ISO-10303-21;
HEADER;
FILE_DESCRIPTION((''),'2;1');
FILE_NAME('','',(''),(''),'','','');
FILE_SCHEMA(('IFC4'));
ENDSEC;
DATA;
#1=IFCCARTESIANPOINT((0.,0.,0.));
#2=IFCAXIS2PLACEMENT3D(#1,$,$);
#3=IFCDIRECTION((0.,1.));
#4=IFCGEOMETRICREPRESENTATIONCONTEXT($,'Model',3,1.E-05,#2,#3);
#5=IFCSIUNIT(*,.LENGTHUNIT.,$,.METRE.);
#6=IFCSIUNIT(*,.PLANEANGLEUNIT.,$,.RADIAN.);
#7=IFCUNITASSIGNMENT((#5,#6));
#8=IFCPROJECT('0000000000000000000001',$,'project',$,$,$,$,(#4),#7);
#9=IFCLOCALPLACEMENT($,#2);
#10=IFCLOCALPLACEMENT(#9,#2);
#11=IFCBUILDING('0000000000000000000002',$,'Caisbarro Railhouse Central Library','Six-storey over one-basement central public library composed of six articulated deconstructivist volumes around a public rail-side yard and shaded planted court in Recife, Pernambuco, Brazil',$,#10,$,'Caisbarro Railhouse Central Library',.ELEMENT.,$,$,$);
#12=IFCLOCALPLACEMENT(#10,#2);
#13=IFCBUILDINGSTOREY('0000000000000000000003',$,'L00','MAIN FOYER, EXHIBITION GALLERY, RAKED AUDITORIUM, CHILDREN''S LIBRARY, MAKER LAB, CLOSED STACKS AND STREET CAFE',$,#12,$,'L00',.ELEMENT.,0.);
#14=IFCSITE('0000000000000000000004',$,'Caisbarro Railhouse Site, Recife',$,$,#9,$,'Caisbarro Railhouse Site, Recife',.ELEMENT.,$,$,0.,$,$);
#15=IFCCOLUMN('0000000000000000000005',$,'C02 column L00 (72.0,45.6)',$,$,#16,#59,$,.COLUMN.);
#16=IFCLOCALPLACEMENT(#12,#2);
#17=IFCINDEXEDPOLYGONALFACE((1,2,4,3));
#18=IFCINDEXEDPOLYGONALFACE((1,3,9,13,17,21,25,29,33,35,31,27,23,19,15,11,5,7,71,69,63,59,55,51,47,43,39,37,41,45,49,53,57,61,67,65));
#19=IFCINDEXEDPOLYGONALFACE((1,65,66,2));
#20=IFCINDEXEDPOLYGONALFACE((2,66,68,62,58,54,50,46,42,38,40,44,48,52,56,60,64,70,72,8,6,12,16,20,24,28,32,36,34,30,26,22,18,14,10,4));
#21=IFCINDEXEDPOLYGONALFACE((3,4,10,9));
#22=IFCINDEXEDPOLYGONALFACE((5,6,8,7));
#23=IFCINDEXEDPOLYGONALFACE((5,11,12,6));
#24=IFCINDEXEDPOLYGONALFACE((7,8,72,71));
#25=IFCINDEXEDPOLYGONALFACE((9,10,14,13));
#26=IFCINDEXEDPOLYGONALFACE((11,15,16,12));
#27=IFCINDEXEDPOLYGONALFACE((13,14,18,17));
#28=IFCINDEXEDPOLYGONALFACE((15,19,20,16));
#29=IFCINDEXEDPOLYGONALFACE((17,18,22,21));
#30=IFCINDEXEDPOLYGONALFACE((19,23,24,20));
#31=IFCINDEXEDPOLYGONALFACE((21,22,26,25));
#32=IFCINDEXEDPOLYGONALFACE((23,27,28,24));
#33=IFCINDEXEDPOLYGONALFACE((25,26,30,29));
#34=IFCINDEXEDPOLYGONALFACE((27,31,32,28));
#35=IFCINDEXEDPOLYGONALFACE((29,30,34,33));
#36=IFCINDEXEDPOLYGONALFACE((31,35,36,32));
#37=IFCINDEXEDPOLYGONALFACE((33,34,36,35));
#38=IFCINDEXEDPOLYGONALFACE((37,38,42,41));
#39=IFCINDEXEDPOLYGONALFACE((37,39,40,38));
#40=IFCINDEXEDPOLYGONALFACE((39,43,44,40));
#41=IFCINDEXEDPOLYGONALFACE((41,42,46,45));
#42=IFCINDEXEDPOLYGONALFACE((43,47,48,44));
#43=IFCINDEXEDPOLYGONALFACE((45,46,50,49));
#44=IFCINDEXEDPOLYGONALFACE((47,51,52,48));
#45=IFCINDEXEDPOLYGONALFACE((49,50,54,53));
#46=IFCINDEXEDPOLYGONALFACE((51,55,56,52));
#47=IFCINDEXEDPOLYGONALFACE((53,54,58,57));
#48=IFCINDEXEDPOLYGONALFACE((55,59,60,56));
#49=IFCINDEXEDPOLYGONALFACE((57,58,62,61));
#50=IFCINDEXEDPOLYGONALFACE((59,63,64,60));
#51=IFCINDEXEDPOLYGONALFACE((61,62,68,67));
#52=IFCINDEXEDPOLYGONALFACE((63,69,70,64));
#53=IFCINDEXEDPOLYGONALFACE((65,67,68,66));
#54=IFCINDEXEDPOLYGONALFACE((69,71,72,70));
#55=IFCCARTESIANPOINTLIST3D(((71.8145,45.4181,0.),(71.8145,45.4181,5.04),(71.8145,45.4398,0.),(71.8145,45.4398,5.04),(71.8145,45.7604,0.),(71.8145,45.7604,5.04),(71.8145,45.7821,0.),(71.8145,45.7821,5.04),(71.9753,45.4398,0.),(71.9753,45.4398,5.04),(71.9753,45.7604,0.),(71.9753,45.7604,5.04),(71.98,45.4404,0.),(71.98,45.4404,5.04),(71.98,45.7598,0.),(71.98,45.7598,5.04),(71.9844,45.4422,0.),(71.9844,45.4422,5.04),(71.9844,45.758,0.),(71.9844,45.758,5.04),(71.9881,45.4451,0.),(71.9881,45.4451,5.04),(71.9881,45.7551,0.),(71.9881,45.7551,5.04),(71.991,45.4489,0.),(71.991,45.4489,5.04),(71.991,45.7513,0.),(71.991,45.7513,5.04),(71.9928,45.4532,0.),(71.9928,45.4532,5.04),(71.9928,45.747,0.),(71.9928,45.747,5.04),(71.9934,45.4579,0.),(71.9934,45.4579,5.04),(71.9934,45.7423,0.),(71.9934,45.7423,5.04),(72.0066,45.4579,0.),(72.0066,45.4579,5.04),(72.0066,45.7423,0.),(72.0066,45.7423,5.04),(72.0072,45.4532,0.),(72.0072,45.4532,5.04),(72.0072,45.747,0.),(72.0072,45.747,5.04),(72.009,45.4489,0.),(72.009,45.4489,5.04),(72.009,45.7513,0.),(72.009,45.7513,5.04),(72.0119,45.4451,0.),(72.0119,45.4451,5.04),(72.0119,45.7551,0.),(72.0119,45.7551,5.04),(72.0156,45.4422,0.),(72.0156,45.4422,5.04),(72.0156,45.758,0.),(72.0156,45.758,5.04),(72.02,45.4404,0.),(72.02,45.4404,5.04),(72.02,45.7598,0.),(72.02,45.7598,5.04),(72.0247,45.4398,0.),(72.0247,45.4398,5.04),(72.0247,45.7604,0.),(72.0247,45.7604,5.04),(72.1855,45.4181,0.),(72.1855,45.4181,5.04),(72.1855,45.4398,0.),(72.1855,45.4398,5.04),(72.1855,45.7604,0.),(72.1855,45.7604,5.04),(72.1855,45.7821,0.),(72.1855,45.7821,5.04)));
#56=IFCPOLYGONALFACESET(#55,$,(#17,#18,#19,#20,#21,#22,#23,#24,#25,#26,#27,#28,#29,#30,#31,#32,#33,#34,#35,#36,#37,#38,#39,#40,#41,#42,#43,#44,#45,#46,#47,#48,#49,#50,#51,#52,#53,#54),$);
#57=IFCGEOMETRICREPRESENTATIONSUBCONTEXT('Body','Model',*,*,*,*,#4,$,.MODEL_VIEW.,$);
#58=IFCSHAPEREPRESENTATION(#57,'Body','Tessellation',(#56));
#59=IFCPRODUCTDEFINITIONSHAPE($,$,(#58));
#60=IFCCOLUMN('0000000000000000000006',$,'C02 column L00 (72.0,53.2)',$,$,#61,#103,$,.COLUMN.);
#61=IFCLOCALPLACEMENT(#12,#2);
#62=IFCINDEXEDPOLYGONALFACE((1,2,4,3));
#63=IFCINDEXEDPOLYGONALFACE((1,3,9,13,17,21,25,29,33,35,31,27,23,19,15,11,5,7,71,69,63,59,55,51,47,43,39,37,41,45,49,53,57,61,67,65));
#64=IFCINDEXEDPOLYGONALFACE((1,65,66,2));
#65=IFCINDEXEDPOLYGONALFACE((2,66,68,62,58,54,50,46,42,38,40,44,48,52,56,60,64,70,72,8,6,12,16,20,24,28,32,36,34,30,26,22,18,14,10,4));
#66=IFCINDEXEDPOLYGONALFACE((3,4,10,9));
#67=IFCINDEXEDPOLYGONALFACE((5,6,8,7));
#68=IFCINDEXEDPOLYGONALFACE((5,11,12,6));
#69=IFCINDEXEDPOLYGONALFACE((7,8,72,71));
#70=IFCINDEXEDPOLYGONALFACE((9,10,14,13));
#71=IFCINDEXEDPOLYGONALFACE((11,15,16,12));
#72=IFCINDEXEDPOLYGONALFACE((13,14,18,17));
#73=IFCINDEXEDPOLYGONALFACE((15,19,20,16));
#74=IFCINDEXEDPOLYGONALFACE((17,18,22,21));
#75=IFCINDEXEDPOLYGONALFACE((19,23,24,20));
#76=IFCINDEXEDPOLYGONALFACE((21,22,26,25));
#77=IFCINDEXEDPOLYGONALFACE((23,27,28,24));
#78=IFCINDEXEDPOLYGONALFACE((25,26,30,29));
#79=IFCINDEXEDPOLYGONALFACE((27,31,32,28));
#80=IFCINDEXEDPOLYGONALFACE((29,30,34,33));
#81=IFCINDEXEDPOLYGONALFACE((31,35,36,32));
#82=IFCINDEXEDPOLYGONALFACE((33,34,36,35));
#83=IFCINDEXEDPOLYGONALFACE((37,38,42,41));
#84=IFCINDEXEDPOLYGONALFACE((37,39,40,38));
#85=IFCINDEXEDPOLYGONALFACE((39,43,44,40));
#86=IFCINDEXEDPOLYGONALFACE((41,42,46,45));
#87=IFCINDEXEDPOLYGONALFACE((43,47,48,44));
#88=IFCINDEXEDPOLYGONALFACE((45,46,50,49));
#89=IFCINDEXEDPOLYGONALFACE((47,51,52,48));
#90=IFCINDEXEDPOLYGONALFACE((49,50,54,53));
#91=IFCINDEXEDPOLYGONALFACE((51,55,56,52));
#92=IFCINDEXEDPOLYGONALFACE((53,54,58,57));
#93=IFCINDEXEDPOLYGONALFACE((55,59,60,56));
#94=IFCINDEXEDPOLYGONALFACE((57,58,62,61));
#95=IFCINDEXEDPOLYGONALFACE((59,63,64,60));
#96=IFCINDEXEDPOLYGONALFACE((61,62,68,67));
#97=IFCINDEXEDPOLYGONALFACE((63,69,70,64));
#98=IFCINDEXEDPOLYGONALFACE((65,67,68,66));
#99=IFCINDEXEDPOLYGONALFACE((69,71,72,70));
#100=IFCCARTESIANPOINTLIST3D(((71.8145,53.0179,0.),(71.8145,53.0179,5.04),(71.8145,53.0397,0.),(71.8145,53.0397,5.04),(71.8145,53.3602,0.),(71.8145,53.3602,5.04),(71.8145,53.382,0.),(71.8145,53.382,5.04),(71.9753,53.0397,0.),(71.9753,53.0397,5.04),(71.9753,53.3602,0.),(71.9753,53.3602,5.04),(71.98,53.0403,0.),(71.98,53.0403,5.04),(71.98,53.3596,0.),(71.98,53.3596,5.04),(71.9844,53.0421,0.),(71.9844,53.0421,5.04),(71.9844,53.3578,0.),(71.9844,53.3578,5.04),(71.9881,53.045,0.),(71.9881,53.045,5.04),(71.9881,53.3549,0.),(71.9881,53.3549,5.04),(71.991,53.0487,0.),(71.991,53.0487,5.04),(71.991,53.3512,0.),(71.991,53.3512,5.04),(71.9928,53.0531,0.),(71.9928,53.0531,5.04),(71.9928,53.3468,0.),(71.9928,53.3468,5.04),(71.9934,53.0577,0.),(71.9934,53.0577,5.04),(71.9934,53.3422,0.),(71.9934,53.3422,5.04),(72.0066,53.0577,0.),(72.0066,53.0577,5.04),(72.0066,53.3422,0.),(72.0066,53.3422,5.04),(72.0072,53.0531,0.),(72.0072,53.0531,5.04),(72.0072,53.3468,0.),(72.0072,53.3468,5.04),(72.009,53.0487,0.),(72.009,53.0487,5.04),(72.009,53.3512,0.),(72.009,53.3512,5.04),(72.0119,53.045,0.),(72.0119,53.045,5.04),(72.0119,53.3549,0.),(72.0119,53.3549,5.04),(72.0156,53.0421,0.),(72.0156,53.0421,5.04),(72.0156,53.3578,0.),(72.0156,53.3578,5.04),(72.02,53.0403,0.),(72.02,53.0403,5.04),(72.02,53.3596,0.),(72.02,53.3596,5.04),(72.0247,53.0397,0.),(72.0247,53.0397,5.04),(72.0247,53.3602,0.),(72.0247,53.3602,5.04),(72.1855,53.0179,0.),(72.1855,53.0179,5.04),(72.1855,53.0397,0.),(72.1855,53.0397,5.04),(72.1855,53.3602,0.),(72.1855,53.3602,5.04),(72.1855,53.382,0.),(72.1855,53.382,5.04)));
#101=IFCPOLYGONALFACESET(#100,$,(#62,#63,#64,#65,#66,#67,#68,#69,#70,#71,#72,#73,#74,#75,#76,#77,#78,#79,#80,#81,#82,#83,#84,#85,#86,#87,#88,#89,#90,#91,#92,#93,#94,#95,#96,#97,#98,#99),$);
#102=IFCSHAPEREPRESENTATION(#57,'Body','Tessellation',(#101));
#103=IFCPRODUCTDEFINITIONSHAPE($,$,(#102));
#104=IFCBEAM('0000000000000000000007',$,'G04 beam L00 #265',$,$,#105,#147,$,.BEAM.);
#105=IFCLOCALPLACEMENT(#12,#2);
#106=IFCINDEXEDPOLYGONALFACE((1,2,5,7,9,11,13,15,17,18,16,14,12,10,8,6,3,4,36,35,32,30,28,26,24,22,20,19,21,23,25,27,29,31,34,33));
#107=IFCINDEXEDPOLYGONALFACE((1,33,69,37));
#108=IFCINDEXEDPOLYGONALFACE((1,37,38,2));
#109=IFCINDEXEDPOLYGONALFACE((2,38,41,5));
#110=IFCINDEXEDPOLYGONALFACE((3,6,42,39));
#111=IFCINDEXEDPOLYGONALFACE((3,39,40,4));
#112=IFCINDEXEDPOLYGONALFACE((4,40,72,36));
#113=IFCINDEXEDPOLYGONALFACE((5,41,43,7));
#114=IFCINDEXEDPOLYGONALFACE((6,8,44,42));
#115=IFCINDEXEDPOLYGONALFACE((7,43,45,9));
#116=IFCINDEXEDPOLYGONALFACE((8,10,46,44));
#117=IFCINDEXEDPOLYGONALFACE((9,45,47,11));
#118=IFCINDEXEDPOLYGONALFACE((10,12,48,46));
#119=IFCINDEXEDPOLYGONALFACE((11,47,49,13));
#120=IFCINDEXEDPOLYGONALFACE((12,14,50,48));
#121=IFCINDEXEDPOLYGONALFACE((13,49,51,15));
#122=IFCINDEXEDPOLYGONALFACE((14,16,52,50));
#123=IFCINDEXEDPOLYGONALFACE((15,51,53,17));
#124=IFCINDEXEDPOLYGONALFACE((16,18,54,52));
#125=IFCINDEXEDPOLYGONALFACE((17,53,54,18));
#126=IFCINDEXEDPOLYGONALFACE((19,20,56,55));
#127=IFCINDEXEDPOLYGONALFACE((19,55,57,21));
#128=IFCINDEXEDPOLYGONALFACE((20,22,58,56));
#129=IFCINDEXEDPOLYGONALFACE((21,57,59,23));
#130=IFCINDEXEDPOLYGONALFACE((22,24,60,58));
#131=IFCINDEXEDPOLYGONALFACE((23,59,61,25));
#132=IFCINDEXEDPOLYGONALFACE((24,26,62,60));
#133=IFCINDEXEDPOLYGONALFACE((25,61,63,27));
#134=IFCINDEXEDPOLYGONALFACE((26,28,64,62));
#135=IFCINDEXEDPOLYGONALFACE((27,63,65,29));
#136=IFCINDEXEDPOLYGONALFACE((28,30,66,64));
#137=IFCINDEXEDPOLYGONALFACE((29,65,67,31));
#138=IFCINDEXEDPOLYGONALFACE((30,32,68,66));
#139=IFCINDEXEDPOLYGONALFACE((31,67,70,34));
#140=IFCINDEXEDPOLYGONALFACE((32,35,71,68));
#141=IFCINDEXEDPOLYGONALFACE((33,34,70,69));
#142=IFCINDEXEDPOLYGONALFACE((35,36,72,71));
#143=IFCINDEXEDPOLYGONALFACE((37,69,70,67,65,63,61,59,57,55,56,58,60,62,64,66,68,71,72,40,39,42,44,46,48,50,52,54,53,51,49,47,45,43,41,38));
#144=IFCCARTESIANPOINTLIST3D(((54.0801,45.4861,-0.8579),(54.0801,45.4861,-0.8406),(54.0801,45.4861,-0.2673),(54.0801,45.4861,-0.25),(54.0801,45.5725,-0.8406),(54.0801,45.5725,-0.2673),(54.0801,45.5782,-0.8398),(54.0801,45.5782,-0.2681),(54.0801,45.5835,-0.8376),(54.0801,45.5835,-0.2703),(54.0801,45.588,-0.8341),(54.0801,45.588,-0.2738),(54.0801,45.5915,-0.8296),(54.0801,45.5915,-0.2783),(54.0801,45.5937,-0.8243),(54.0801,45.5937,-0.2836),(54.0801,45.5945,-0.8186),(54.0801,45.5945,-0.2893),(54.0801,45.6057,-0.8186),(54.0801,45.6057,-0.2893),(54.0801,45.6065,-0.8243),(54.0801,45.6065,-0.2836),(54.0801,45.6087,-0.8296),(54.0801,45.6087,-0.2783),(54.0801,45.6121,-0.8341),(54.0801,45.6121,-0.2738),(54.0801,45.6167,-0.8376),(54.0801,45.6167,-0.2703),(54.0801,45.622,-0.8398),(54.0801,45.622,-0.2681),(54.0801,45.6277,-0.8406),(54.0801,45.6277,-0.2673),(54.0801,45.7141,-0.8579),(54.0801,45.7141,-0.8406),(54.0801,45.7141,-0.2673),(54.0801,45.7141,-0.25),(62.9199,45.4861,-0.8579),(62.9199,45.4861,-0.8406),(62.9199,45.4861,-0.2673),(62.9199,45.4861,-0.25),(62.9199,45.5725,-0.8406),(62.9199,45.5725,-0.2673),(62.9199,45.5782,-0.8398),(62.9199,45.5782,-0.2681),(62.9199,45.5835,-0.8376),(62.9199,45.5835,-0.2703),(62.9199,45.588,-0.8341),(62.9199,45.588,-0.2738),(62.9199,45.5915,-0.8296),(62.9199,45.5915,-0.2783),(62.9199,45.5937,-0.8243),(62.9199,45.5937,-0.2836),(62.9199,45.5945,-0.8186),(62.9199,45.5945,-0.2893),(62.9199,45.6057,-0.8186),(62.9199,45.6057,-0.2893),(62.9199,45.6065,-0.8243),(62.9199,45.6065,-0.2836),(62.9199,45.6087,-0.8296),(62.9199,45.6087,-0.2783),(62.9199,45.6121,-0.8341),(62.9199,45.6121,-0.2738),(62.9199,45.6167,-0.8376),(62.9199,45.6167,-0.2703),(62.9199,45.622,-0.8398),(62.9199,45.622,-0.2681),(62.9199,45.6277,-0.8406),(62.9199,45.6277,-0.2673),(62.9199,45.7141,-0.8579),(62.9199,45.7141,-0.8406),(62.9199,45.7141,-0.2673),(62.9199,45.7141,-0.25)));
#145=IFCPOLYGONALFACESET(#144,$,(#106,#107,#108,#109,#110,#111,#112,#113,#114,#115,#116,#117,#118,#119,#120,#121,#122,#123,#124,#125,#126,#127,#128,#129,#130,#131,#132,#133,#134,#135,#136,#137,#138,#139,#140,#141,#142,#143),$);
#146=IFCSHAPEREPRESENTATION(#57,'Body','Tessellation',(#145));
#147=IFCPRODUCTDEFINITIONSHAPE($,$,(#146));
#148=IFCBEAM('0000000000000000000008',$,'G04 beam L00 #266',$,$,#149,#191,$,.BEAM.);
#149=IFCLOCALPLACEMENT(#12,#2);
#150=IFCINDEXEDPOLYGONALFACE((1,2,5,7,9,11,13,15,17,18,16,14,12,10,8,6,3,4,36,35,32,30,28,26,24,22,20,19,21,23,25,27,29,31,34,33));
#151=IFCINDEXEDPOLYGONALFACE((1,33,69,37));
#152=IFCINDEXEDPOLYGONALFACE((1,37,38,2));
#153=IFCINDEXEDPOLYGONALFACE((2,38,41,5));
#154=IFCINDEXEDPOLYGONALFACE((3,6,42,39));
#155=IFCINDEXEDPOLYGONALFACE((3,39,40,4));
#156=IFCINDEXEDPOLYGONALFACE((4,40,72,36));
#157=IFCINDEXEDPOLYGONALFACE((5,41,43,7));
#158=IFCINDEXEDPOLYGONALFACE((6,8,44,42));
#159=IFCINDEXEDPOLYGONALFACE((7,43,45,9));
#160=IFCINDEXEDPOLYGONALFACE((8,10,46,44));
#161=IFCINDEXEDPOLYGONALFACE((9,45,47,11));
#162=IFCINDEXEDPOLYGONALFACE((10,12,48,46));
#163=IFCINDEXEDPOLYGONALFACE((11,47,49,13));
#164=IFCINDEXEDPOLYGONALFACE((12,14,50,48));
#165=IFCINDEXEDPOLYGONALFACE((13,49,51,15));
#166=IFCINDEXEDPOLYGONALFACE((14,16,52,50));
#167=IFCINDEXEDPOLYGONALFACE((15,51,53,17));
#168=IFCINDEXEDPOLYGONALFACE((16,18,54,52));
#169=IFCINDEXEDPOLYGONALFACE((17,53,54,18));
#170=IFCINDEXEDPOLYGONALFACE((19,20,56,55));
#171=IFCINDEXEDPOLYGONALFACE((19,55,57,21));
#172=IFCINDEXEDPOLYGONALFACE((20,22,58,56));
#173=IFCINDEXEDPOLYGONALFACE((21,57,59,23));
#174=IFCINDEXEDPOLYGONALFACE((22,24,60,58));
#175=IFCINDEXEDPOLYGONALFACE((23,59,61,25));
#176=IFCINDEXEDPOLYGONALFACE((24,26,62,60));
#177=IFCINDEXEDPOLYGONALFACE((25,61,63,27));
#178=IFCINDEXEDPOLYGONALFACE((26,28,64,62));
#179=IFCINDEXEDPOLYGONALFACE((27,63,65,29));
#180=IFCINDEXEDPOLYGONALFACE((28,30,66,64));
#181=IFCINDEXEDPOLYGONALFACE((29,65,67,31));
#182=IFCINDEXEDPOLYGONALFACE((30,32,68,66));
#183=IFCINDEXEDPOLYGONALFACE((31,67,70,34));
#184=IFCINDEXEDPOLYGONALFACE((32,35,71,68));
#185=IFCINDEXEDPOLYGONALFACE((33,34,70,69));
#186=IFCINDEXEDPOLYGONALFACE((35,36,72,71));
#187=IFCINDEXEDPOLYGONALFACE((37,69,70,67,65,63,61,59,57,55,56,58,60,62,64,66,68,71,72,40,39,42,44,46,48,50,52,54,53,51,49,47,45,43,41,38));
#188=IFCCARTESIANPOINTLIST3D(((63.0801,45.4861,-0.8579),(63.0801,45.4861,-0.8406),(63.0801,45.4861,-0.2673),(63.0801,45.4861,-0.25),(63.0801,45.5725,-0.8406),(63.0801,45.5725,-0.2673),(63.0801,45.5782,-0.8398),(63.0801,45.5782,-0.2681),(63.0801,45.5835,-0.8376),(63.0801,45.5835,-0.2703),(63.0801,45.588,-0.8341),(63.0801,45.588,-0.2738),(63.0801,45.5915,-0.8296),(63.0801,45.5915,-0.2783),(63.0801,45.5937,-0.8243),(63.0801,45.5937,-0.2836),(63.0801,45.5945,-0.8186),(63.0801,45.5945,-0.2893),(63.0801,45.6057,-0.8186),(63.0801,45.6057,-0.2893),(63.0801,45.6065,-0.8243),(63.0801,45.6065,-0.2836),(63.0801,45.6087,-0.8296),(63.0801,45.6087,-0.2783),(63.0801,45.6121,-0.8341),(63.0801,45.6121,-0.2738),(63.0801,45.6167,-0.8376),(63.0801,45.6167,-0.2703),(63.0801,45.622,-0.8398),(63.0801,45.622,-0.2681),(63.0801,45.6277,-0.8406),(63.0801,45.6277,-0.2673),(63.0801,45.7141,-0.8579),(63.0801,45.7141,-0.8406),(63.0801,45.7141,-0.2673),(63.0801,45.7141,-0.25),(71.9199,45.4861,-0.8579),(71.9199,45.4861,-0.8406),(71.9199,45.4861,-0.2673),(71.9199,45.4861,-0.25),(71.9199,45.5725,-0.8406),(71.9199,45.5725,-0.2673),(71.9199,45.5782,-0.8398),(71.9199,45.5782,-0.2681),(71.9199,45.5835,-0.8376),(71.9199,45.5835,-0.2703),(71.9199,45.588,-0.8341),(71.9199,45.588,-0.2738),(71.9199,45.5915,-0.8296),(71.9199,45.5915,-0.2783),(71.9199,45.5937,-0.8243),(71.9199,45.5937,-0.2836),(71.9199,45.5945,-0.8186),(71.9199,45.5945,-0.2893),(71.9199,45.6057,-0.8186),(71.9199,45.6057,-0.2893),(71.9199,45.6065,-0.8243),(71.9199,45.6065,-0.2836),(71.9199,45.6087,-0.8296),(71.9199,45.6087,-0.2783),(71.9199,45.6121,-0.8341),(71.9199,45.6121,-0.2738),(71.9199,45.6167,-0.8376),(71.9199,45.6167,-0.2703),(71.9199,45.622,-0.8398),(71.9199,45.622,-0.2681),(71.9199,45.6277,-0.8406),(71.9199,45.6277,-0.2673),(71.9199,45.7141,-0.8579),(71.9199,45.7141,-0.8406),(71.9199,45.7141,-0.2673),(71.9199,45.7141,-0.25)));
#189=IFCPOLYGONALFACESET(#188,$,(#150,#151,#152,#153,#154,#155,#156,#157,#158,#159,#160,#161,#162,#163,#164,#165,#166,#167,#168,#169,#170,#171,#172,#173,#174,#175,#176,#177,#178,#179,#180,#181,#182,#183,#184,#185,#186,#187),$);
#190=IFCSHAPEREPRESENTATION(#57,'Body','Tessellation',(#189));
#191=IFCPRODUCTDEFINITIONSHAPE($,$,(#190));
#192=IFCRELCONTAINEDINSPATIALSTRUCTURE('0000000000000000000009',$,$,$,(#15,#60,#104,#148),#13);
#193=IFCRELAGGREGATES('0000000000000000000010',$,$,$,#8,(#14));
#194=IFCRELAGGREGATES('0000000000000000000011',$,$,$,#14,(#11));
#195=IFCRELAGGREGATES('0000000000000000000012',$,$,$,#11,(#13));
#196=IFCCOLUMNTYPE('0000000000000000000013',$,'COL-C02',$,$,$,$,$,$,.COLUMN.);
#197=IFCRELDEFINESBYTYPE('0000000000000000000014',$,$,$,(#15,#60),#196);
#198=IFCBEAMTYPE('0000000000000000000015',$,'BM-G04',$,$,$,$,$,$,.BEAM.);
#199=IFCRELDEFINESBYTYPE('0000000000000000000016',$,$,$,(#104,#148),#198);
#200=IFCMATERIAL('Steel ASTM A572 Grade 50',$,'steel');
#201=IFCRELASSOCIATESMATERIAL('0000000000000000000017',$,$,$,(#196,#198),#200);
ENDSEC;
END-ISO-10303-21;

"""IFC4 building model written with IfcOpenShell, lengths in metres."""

from ifc_helpers import new_model, si_unit, direction, frame, origin, origin_2d, place, context, subcontext, project, spatial, i_section, extrude, material, material_profile, profile_set, type_object, element, save


model = new_model("IFC4")

# Units and contexts
model_context = context("Model", 3, precision=1e-05, world=origin(), true_north=direction((0.0, 1.0)))
body_context = subcontext(model_context, "Body", "Model", "MODEL_VIEW")
ifc_project = project(units=[si_unit("LENGTHUNIT", "METRE"), si_unit("PLANEANGLEUNIT", "RADIAN")], contexts=[model_context])

# Site, building, storey
site_placement = place(None, origin())
site = spatial("IfcSite", under=ifc_project, at=site_placement, Name="Caisbarro Railhouse Site, Recife", LongName="Caisbarro Railhouse Site, Recife", CompositionType="ELEMENT", RefElevation=0.0)
building_placement = place(site_placement, origin())
building = spatial("IfcBuilding", under=site, at=building_placement, Name="Caisbarro Railhouse Central Library", Description="Six-storey over one-basement central public library composed of six articulated deconstructivist volumes around a public rail-side yard and shaded planted court in Recife, Pernambuco, Brazil", LongName="Caisbarro Railhouse Central Library", CompositionType="ELEMENT")
storey_placement = place(building_placement, origin())
storey = spatial("IfcBuildingStorey", under=building, at=storey_placement, Name="L00", Description="MAIN FOYER, EXHIBITION GALLERY, RAKED AUDITORIUM, CHILDREN'S LIBRARY, MAKER LAB, CLOSED STACKS AND STREET CAFE", LongName="L00", CompositionType="ELEMENT", Elevation=0.0)

# Columns
ifc_material_1 = material(Name="Steel ASTM A572 Grade 50", Category="steel")
ifc_material_profile_1 = material_profile(ifc_material_1, i_section(OverallWidth=0.3711, OverallDepth=0.364, WebThickness=0.0132, FlangeThickness=0.0217, FilletRadius=0.0181, at=origin_2d()), Name="W360X162.0")
ifc_profile_set_1 = profile_set([ifc_material_profile_1], Name="Steel ASTM A572 Grade 50")
column_type = type_object("IfcColumnType", Name="COL-C02", PredefinedType="COLUMN", material=ifc_profile_set_1)
for number, where, z_axis, x_axis, name in (
    (1, (72.0, 45.6001, 0.0), (0.0, 0.0, 1.0), (1.0, 0.0, 0.0), "C02 column L00 (72.0,45.6)"),
    (2, (72.0, 53.2, 0.0), (0.0, 0.0, 1.0), (1.0, 0.0, 0.0), "C02 column L00 (72.0,53.2)"),
):
    element("IfcColumn", number, at=place(storey_placement, frame(where, z_axis=z_axis, x_axis=x_axis)), inside=storey, type_object=column_type, Name=name, PredefinedType="COLUMN", context=body_context, shape_type="SweptSolid", body=[
        extrude(i_section(OverallWidth=0.3711, OverallDepth=0.364, WebThickness=0.0132, FlangeThickness=0.0217, FilletRadius=0.0181, at=origin_2d()), origin(), (0.0, 0.0, 1.0), 5.04),
    ])

# Beams
ifc_material_profile_2 = material_profile(ifc_material_1, i_section(OverallWidth=0.228, OverallDepth=0.6079, WebThickness=0.0112, FlangeThickness=0.0173, FilletRadius=0.022, at=origin_2d()), Name="W610X113.0")
ifc_profile_set_2 = profile_set([ifc_material_profile_2], Name="Steel ASTM A572 Grade 50")
beam_type_1 = type_object("IfcBeamType", Name="BM-G04", PredefinedType="BEAM", material=ifc_profile_set_2)
for number, where, z_axis, x_axis, name in (
    (3, (54.0801, 45.6001, -0.554), (1.0, 0.0, 0.0), (0.0, 1.0, 0.0), "G04 beam L00 #265"),
    (4, (63.0801, 45.6001, -0.554), (1.0, 0.0, 0.0), (0.0, 1.0, 0.0), "G04 beam L00 #266"),
):
    element("IfcBeam", number, at=place(storey_placement, frame(where, z_axis=z_axis, x_axis=x_axis)), inside=storey, type_object=beam_type_1, Name=name, PredefinedType="BEAM", context=body_context, shape_type="SweptSolid", body=[
        extrude(i_section(OverallWidth=0.228, OverallDepth=0.6079, WebThickness=0.0112, FlangeThickness=0.0173, FilletRadius=0.022, at=origin_2d()), origin(), (0.0, 0.0, 1.0), 8.8398),
    ])

save(model, "model.ifc")
